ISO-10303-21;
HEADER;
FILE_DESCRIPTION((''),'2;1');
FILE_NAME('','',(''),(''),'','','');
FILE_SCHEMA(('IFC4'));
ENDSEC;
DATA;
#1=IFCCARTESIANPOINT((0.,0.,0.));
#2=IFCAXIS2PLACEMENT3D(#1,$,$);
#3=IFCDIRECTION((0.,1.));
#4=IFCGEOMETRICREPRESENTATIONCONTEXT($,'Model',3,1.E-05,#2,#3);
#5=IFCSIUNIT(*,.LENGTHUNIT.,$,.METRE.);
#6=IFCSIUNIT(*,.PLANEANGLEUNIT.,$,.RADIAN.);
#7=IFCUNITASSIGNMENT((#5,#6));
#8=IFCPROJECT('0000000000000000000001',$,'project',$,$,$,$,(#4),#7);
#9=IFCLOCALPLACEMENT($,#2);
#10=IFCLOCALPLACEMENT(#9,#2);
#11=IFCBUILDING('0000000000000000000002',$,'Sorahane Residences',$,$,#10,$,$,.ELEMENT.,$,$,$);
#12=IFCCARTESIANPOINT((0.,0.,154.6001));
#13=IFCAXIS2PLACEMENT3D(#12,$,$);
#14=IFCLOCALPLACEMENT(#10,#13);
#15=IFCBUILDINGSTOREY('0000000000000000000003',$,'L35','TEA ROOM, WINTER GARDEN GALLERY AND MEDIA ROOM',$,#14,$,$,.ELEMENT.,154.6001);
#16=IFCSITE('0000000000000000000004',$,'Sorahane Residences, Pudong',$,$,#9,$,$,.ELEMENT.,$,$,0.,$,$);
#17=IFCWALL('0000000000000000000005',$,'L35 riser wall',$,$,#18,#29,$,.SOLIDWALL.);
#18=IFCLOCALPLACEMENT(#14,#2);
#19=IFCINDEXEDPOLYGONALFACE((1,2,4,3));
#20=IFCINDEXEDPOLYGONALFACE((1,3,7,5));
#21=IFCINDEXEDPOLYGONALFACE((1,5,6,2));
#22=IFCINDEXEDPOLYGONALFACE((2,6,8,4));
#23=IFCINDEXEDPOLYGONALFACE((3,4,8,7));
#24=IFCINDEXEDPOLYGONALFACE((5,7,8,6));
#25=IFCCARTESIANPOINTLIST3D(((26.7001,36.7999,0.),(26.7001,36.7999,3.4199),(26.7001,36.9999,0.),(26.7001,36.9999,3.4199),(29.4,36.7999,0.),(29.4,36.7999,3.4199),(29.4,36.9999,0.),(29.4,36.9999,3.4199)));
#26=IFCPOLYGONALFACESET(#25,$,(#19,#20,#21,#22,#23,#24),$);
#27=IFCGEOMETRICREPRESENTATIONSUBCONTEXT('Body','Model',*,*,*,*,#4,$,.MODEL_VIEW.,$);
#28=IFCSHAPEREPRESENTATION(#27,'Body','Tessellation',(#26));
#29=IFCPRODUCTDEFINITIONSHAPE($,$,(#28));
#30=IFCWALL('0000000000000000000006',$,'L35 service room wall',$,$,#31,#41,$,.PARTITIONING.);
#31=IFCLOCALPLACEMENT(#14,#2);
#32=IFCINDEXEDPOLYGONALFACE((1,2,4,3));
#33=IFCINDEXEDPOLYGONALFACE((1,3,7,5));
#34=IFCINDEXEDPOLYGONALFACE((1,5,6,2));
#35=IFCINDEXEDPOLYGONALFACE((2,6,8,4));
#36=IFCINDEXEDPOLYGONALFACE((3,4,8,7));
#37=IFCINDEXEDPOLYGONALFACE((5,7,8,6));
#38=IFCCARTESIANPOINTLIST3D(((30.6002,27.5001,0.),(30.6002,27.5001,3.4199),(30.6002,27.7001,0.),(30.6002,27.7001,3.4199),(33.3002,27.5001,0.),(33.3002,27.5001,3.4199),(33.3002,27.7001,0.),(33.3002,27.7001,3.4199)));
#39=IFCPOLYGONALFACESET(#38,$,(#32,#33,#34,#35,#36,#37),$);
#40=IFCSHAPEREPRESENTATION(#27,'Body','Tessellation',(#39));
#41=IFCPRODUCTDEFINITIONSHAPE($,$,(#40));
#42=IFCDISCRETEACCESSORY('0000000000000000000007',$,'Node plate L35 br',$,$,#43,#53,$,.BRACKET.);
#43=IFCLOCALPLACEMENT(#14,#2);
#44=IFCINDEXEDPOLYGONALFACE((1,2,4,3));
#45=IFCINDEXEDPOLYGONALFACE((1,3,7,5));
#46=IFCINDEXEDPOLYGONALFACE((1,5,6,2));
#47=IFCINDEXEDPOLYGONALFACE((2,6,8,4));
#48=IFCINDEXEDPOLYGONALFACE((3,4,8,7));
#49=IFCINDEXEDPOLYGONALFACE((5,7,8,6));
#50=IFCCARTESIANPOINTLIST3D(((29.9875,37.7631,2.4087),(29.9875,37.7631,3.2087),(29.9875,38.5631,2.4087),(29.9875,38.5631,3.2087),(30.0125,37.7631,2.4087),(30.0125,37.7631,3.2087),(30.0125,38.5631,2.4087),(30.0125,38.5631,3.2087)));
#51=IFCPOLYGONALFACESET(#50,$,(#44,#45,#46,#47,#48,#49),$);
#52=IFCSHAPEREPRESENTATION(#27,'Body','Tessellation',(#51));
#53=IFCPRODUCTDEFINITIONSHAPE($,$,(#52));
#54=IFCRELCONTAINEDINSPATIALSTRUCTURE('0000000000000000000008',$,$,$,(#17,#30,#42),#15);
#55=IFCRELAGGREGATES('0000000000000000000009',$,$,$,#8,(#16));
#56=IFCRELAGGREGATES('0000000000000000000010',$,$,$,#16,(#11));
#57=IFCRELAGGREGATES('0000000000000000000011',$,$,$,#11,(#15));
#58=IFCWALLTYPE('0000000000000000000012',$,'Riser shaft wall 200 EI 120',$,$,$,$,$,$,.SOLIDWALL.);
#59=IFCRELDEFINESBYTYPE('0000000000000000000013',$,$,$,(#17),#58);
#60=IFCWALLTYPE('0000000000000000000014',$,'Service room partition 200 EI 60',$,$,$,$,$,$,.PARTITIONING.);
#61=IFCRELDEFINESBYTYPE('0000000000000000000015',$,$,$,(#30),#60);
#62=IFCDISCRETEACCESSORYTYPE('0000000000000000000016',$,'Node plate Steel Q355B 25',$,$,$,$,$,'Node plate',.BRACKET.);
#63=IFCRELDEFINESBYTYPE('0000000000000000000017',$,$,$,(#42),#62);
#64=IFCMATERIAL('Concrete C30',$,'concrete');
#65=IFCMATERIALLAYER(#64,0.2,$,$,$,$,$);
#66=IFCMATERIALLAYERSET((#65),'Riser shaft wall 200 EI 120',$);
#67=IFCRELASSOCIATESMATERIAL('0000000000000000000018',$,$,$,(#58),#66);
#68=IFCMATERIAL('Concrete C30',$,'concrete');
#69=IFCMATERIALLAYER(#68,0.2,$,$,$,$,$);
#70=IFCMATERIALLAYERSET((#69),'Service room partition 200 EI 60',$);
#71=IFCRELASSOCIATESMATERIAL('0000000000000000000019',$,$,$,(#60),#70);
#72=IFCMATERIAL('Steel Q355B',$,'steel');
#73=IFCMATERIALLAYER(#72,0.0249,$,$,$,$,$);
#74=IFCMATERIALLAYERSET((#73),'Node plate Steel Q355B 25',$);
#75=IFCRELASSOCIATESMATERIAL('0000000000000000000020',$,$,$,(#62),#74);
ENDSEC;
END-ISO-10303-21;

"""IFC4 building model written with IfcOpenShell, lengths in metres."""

from ifc_helpers import new_model, si_unit, direction, frame, frame_2d, origin, origin_2d, place, context, subcontext, project, spatial, rectangle, extrude, material, layer, layer_set, type_object, element, save


model = new_model("IFC4")

# Units and contexts
model_context = context("Model", 3, precision=1e-05, world=origin(), true_north=direction((0.0, 1.0)))
body_context = subcontext(model_context, "Body", "Model", "MODEL_VIEW")
ifc_project = project(units=[si_unit("LENGTHUNIT", "METRE"), si_unit("PLANEANGLEUNIT", "RADIAN")], contexts=[model_context])

# Site, building, storey
site_placement = place(None, origin())
site = spatial("IfcSite", under=ifc_project, at=site_placement, Name="Sorahane Residences, Pudong", CompositionType="ELEMENT", RefElevation=0.0)
building_placement = place(site_placement, origin())
building = spatial("IfcBuilding", under=site, at=building_placement, Name="Sorahane Residences", CompositionType="ELEMENT")
storey_placement = place(building_placement, frame((0.0, 0.0, 154.6001)))
storey = spatial("IfcBuildingStorey", under=building, at=storey_placement, Name="L35", Description="TEA ROOM, WINTER GARDEN GALLERY AND MEDIA ROOM", CompositionType="ELEMENT", Elevation=154.6001)

# Shared definitions
ifc_material_1 = material(Name="Concrete C30", Category="concrete")
ifc_layer_1 = layer(ifc_material_1, 0.2)
ifc_layer_set_1 = layer_set([ifc_layer_1], Name="Riser shaft wall 200 EI 120")
wall_type_1 = type_object("IfcWallType", Name="Riser shaft wall 200 EI 120", PredefinedType="SOLIDWALL", material=ifc_layer_set_1)

# Walls
for number, where, z_axis, x_axis, name in (
    (1, (26.7, 36.8999, 0.0), (0.0, 0.0, 1.0), (1.0, 0.0, 0.0), "L35 riser wall"),
):
    element("IfcWall", number, at=place(storey_placement, frame(where, z_axis=z_axis, x_axis=x_axis)), inside=storey, type_object=wall_type_1, Name=name, PredefinedType="SOLIDWALL", context=body_context, shape_type="SweptSolid", body=[
        extrude(rectangle(XDim=2.7, YDim=0.2, at=frame_2d((1.3501, 0.0))), origin(), (0.0, 0.0, 1.0), 3.4199),
    ])
ifc_material_2 = material(Name="Concrete C30", Category="concrete")
ifc_layer_2 = layer(ifc_material_2, 0.2)
ifc_layer_set_2 = layer_set([ifc_layer_2], Name="Service room partition 200 EI 60")
wall_type_2 = type_object("IfcWallType", Name="Service room partition 200 EI 60", PredefinedType="PARTITIONING", material=ifc_layer_set_2)
wall_1_placement = place(storey_placement, frame((30.6001, 27.6001, 0.0), z_axis=(0.0, 0.0, 1.0), x_axis=(1.0, 0.0, 0.0)))
element("IfcWall", 2, at=wall_1_placement, inside=storey, type_object=wall_type_2, Name="L35 service room wall", PredefinedType="PARTITIONING", context=body_context, shape_type="SweptSolid", body=[
    extrude(rectangle(XDim=2.7, YDim=0.2, at=frame_2d((1.3501, 0.0))), origin(), (0.0, 0.0, 1.0), 3.4199),
])

# Discrete accessory
ifc_material_3 = material(Name="Steel Q355B", Category="steel")
ifc_layer_3 = layer(ifc_material_3, 0.0249)
ifc_layer_set_3 = layer_set([ifc_layer_3], Name="Node plate Steel Q355B 25")
discrete_accessory_type = type_object("IfcDiscreteAccessoryType", Name="Node plate Steel Q355B 25", ElementType="Node plate", PredefinedType="BRACKET", material=ifc_layer_set_3)
discrete_accessory_placement = place(storey_placement, frame((30.0, 38.1631, 2.4087), z_axis=(0.0, 0.0, 1.0), x_axis=(0.0, 1.0, 0.0)))
element("IfcDiscreteAccessory", 3, at=discrete_accessory_placement, inside=storey, type_object=discrete_accessory_type, Name="Node plate L35 br", PredefinedType="BRACKET", context=body_context, shape_type="SweptSolid", body=[
    extrude(rectangle(XDim=0.8, YDim=0.0249, at=origin_2d()), origin(), (0.0, 0.0, 1.0), 0.8),
])

save(model, "model.ifc")
